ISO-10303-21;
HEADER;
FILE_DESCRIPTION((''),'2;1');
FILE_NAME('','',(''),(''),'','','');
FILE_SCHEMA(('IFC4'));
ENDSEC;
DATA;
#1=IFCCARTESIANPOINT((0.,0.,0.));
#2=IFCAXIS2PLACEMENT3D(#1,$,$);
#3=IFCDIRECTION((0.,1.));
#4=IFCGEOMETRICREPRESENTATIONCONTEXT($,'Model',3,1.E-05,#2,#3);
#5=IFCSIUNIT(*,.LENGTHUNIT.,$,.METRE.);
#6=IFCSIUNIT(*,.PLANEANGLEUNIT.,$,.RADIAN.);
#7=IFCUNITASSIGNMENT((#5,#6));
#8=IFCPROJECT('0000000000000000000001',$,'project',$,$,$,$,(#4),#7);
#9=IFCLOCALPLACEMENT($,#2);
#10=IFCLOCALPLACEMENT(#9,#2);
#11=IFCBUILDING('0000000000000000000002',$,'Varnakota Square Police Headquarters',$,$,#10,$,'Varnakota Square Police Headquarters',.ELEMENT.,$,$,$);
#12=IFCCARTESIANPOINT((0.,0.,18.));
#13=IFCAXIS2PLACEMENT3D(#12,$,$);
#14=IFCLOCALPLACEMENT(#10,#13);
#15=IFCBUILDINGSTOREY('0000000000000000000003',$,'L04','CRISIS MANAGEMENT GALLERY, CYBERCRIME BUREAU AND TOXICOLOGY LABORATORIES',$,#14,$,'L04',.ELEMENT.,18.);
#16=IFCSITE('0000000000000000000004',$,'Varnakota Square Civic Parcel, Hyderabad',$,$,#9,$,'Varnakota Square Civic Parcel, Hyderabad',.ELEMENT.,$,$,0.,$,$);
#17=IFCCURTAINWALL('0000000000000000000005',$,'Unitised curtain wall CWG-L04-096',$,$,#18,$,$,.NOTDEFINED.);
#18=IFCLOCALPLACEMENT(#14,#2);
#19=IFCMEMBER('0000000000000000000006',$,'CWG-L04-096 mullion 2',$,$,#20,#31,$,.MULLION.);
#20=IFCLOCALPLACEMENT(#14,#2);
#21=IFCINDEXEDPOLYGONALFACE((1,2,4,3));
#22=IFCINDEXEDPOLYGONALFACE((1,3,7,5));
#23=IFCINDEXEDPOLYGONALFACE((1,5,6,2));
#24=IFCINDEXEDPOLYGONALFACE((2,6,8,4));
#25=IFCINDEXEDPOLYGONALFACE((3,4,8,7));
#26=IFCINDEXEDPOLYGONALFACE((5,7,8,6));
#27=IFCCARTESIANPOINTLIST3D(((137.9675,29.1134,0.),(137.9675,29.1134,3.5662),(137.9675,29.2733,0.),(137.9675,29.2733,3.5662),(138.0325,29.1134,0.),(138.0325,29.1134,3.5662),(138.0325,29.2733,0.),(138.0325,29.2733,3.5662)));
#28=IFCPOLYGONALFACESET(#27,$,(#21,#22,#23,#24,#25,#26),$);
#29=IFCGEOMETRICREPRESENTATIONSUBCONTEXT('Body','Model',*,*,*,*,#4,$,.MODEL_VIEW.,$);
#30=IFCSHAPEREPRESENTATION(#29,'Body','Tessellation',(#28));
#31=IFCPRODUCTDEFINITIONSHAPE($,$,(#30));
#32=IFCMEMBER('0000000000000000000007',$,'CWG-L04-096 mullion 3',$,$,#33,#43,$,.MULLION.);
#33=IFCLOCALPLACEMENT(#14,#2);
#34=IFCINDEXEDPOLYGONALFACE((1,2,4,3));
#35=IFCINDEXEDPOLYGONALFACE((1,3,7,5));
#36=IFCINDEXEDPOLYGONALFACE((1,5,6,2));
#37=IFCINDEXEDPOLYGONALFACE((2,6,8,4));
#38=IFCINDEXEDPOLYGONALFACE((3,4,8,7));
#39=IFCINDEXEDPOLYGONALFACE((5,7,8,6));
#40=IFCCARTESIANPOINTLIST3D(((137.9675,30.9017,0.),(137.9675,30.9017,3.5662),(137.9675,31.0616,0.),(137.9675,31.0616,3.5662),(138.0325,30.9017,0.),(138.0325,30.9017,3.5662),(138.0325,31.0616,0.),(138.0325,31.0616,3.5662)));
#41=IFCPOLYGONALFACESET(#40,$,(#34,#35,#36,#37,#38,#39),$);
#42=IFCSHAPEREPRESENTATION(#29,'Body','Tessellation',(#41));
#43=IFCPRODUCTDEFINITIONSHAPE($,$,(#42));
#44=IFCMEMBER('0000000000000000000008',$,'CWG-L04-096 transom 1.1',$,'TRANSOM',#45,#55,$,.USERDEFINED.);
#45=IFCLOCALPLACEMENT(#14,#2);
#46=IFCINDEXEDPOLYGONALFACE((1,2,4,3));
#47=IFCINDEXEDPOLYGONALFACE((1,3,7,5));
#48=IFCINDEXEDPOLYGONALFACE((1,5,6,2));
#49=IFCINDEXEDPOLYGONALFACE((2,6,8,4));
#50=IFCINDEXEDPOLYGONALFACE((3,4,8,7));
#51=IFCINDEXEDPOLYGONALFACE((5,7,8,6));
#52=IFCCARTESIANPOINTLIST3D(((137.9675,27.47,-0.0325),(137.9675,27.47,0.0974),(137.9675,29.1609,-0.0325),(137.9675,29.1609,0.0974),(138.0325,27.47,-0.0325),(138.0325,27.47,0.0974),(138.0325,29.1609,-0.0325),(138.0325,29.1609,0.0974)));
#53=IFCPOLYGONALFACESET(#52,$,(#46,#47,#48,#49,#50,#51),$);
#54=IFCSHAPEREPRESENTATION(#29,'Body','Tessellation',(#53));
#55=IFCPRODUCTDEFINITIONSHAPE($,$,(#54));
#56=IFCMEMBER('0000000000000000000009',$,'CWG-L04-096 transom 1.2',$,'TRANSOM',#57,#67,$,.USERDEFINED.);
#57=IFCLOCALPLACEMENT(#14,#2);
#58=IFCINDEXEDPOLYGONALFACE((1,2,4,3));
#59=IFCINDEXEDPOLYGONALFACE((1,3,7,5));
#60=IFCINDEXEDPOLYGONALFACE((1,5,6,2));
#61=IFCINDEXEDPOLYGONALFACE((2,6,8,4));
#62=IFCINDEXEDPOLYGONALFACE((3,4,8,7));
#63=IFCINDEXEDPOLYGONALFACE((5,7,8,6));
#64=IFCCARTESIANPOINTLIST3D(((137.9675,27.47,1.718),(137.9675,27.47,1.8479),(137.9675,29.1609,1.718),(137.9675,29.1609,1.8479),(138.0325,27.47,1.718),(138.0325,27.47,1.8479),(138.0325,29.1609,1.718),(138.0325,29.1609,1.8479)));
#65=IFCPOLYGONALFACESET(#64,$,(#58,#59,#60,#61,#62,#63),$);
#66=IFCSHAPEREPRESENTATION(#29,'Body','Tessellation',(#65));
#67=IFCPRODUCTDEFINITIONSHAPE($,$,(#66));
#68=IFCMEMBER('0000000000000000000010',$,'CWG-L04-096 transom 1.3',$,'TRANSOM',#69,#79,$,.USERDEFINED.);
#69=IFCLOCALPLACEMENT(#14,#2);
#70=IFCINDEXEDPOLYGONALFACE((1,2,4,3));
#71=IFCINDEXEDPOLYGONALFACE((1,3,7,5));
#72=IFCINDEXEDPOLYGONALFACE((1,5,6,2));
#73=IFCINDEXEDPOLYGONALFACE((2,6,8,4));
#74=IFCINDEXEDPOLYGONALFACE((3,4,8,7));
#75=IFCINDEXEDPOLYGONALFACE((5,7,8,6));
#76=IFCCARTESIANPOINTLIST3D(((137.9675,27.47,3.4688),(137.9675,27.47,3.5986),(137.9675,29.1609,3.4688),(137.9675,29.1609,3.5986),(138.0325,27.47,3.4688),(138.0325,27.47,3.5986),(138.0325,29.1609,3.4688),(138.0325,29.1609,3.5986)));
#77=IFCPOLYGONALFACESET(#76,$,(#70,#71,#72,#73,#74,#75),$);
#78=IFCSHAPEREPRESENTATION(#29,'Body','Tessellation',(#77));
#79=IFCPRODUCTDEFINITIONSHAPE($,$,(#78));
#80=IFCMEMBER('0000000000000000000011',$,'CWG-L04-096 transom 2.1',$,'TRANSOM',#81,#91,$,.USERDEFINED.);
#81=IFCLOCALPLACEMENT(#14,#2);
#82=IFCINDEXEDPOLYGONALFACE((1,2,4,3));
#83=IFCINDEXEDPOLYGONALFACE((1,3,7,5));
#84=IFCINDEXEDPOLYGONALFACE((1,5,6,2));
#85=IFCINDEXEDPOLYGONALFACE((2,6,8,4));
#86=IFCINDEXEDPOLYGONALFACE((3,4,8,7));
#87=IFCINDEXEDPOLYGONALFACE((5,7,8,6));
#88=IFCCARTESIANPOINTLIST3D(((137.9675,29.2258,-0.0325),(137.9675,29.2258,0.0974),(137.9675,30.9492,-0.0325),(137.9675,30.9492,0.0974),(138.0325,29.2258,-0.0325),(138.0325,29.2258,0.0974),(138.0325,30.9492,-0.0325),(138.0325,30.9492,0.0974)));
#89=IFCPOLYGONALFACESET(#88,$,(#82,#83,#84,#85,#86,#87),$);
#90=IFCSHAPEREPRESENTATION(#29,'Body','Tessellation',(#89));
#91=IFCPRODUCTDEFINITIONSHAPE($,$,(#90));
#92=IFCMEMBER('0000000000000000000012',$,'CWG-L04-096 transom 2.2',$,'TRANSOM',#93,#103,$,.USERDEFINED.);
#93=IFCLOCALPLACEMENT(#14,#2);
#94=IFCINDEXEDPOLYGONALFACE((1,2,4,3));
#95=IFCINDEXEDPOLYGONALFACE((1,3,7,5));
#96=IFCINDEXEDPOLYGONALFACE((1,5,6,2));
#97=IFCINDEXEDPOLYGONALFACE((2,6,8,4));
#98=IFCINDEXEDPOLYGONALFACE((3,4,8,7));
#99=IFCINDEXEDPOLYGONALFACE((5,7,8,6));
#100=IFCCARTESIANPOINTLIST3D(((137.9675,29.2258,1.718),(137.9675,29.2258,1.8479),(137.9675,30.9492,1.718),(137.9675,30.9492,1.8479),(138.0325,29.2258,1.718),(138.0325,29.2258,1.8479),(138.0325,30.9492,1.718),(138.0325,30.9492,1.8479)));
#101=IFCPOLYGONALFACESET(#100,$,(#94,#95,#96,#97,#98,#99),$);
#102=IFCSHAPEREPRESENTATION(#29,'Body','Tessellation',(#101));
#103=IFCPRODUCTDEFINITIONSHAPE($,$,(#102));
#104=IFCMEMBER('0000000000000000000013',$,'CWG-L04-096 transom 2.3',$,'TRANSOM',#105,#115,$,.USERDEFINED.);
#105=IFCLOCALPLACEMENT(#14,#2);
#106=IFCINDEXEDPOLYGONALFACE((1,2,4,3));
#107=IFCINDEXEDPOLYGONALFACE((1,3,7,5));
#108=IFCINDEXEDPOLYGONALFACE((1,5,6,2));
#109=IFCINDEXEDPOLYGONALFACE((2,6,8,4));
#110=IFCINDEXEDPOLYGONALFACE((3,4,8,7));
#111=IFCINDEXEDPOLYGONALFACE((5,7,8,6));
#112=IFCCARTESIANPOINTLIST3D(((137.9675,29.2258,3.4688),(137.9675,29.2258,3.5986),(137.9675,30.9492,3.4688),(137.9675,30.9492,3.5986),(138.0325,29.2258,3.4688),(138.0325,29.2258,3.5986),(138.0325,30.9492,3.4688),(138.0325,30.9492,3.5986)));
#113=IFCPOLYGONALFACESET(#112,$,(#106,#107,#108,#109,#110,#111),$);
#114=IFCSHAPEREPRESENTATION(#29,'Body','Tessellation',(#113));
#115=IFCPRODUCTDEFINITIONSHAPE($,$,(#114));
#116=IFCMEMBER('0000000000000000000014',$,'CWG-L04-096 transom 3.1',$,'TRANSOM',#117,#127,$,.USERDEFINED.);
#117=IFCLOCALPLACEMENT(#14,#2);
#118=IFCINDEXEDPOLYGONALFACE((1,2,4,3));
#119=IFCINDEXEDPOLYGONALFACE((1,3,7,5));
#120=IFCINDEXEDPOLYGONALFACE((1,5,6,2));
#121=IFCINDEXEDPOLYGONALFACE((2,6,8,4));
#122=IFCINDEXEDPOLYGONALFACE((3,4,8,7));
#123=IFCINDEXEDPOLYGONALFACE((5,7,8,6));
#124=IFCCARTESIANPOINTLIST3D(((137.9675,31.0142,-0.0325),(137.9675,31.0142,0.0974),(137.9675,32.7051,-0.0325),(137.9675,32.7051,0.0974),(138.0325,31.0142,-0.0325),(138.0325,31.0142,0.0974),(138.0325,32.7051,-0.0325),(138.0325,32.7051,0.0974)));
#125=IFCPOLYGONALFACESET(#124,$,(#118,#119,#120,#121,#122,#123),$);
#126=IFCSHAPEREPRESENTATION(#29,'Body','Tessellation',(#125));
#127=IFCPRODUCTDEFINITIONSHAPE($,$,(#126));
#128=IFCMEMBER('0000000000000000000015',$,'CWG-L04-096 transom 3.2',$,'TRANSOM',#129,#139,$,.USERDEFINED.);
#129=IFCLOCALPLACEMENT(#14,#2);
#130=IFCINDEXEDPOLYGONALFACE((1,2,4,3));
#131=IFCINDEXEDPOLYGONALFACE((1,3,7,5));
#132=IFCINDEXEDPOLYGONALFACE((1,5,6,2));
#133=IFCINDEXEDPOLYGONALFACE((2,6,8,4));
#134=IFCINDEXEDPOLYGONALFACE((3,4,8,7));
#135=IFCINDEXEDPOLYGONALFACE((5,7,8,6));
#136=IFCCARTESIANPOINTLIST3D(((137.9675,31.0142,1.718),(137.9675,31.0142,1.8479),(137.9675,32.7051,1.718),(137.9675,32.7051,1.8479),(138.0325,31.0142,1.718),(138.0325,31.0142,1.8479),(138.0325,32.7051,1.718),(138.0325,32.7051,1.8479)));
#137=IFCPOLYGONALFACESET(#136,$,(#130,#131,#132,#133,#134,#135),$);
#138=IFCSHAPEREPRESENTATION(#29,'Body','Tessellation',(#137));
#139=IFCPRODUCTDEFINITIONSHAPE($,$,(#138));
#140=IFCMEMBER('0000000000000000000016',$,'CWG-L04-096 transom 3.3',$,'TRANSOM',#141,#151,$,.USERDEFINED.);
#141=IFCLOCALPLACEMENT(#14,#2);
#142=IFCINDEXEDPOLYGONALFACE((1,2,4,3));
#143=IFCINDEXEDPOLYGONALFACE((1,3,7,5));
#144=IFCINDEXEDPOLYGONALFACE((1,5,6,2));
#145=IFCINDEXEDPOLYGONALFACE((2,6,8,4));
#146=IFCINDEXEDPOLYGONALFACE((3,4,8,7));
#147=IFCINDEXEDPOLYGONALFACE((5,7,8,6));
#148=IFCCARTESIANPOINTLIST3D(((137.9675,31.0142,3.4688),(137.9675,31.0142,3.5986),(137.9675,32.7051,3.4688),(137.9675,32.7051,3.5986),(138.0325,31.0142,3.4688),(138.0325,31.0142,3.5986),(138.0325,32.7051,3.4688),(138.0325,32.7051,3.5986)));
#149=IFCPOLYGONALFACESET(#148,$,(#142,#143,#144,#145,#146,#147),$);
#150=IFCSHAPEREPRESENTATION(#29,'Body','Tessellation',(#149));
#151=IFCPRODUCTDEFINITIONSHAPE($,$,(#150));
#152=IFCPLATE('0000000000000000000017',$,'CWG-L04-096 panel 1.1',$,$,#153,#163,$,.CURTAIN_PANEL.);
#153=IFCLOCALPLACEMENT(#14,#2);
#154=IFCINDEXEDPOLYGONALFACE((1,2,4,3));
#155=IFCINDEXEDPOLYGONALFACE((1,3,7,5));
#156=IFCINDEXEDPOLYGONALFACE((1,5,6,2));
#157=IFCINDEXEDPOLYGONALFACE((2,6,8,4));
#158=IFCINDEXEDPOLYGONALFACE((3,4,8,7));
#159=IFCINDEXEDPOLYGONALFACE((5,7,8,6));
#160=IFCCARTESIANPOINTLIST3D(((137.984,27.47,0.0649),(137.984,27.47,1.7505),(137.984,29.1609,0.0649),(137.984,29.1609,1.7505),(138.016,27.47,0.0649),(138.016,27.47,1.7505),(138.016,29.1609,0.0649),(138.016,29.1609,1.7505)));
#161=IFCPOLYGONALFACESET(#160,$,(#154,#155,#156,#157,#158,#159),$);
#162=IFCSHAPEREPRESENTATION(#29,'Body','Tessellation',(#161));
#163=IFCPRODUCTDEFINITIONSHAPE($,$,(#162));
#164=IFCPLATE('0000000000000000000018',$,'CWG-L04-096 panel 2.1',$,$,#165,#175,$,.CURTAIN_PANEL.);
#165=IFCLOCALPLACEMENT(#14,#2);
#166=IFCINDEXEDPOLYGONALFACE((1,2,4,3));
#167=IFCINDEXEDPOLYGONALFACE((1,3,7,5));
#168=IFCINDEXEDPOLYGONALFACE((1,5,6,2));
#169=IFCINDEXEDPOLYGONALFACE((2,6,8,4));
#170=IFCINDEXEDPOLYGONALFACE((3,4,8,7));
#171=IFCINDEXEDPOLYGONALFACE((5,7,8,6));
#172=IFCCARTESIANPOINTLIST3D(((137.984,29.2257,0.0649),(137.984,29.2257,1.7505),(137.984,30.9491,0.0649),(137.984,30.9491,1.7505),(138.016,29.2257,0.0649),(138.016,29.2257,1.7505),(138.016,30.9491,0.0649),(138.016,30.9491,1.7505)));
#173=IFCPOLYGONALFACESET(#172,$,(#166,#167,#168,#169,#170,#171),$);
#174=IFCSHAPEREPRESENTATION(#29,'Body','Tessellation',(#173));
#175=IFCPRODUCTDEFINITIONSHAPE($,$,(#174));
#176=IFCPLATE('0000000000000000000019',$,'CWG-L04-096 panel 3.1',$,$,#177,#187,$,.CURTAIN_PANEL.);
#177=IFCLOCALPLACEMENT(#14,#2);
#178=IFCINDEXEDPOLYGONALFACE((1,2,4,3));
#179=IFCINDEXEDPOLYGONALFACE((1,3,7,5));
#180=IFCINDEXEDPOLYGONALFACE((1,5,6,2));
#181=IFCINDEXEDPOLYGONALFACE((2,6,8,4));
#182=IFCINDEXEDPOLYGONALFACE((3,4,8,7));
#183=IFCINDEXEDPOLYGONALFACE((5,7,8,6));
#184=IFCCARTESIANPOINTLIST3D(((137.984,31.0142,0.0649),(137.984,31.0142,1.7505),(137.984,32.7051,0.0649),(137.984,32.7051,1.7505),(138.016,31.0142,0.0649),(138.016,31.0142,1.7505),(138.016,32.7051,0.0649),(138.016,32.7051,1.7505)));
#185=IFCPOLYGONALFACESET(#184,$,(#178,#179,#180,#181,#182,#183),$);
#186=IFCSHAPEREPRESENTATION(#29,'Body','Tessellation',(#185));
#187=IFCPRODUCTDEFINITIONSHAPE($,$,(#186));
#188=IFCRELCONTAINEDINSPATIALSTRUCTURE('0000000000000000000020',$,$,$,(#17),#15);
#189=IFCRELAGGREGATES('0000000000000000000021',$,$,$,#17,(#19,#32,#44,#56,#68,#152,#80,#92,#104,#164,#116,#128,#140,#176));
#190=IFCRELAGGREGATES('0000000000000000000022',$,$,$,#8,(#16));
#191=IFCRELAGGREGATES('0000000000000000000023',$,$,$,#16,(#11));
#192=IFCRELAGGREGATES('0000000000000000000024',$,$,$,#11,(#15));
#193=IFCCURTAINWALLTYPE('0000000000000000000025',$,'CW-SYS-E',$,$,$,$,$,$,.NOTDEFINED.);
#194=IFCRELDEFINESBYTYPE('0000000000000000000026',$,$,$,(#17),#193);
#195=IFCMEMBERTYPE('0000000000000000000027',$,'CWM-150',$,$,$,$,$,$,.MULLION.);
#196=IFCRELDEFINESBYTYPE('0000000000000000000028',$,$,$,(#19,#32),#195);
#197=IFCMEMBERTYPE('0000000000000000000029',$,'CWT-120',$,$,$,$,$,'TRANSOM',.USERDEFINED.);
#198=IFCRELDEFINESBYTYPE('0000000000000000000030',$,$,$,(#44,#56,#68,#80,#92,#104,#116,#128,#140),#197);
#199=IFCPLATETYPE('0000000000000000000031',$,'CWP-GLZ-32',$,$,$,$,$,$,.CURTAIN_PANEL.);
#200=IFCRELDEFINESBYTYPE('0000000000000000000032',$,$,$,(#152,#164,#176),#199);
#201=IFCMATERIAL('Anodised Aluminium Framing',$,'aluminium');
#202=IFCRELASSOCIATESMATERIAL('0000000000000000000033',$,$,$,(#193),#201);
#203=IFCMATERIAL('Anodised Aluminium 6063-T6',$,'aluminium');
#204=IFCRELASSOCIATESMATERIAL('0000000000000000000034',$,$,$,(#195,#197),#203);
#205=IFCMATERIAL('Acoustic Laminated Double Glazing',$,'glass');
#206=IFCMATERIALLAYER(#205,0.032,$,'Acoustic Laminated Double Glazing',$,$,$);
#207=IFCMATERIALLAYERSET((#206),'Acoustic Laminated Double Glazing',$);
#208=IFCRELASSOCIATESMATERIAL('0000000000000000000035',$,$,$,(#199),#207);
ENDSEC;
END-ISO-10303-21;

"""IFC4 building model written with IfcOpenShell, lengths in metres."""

from ifc_helpers import new_model, si_unit, direction, frame, origin, origin_2d, place, context, subcontext, project, spatial, rectangle, extrude, material, layer, layer_set, material_profile, profile_set, type_object, element, aggregate, save


model = new_model("IFC4")

# Units and contexts
model_context = context("Model", 3, precision=1e-05, world=origin(), true_north=direction((0.0, 1.0)))
body_context = subcontext(model_context, "Body", "Model", "MODEL_VIEW")
ifc_project = project(units=[si_unit("LENGTHUNIT", "METRE"), si_unit("PLANEANGLEUNIT", "RADIAN")], contexts=[model_context])

# Site, building, storey
site_placement = place(None, origin())
site = spatial("IfcSite", under=ifc_project, at=site_placement, Name="Varnakota Square Civic Parcel, Hyderabad", LongName="Varnakota Square Civic Parcel, Hyderabad", CompositionType="ELEMENT", RefElevation=0.0)
building_placement = place(site_placement, origin())
building = spatial("IfcBuilding", under=site, at=building_placement, Name="Varnakota Square Police Headquarters", LongName="Varnakota Square Police Headquarters", CompositionType="ELEMENT")
storey_placement = place(building_placement, frame((0.0, 0.0, 18.0)))
storey = spatial("IfcBuildingStorey", under=building, at=storey_placement, Name="L04", Description="CRISIS MANAGEMENT GALLERY, CYBERCRIME BUREAU AND TOXICOLOGY LABORATORIES", LongName="L04", CompositionType="ELEMENT", Elevation=18.0)

# Curtain wall, members, plates
ifc_material_1 = material(Name="Anodised Aluminium Framing", Category="aluminium")
curtain_wall_type = type_object("IfcCurtainWallType", Name="CW-SYS-E", PredefinedType="NOTDEFINED", material=ifc_material_1)
curtain_wall_placement = place(storey_placement, origin())
curtain_wall = element("IfcCurtainWall", 1, at=curtain_wall_placement, inside=storey, type_object=curtain_wall_type, Name="Unitised curtain wall CWG-L04-096", PredefinedType="NOTDEFINED")
ifc_material_2 = material(Name="Anodised Aluminium 6063-T6", Category="aluminium")
ifc_material_profile_1 = material_profile(ifc_material_2, rectangle(XDim=0.0649, YDim=0.1599, at=origin_2d()), Name="ALU MULLION 65x160")
ifc_profile_set_1 = profile_set([ifc_material_profile_1], Name="Anodised Aluminium 6063-T6")
member_type_1 = type_object("IfcMemberType", Name="CWM-150", PredefinedType="MULLION", material=ifc_profile_set_1)
member_1_placement = place(storey_placement, frame((138.0, 29.1934, 0.0), z_axis=(0.0, 0.0, 1.0), x_axis=(-1.0, 0.0, 0.0)))
member_1 = element("IfcMember", 2, at=member_1_placement, type_object=member_type_1, Name="CWG-L04-096 mullion 2", PredefinedType="MULLION", context=body_context, shape_type="SweptSolid", body=[
    extrude(rectangle(XDim=0.0649, YDim=0.1599, at=origin_2d()), origin(), (0.0, 0.0, 1.0), 3.5662),
])
member_2_placement = place(storey_placement, frame((138.0, 30.9817, 0.0), z_axis=(0.0, 0.0, 1.0), x_axis=(-1.0, 0.0, 0.0)))
member_2 = element("IfcMember", 3, at=member_2_placement, type_object=member_type_1, Name="CWG-L04-096 mullion 3", PredefinedType="MULLION", context=body_context, shape_type="SweptSolid", body=[
    extrude(rectangle(XDim=0.0649, YDim=0.1599, at=origin_2d()), origin(), (0.0, 0.0, 1.0), 3.5662),
])
ifc_material_profile_2 = material_profile(ifc_material_2, rectangle(XDim=0.0649, YDim=0.1299, at=origin_2d()), Name="ALU TRANSOM 65x130")
ifc_profile_set_2 = profile_set([ifc_material_profile_2], Name="Anodised Aluminium 6063-T6")
member_type_2 = type_object("IfcMemberType", Name="CWT-120", ElementType="TRANSOM", PredefinedType="USERDEFINED", material=ifc_profile_set_2)
member_3_placement = place(storey_placement, frame((138.0, 27.47, 0.0325), z_axis=(0.0, 1.0, 0.0), x_axis=(-1.0, 0.0, 0.0)))
member_3 = element("IfcMember", 4, at=member_3_placement, type_object=member_type_2, Name="CWG-L04-096 transom 1.1", ObjectType="TRANSOM", PredefinedType="USERDEFINED", context=body_context, shape_type="SweptSolid", body=[
    extrude(rectangle(XDim=0.0649, YDim=0.1299, at=origin_2d()), origin(), (0.0, 0.0, 1.0), 1.6909),
])
member_4_placement = place(storey_placement, frame((138.0, 27.47, 1.783), z_axis=(0.0, 1.0, 0.0), x_axis=(-1.0, 0.0, 0.0)))
member_4 = element("IfcMember", 5, at=member_4_placement, type_object=member_type_2, Name="CWG-L04-096 transom 1.2", ObjectType="TRANSOM", PredefinedType="USERDEFINED", context=body_context, shape_type="SweptSolid", body=[
    extrude(rectangle(XDim=0.0649, YDim=0.1299, at=origin_2d()), origin(), (0.0, 0.0, 1.0), 1.6909),
])
member_5_placement = place(storey_placement, frame((138.0, 27.47, 3.5337), z_axis=(0.0, 1.0, 0.0), x_axis=(-1.0, 0.0, 0.0)))
member_5 = element("IfcMember", 6, at=member_5_placement, type_object=member_type_2, Name="CWG-L04-096 transom 1.3", ObjectType="TRANSOM", PredefinedType="USERDEFINED", context=body_context, shape_type="SweptSolid", body=[
    extrude(rectangle(XDim=0.0649, YDim=0.1299, at=origin_2d()), origin(), (0.0, 0.0, 1.0), 1.6909),
])
member_6_placement = place(storey_placement, frame((138.0, 29.2258, 0.0325), z_axis=(0.0, 1.0, 0.0), x_axis=(-1.0, 0.0, 0.0)))
member_6 = element("IfcMember", 7, at=member_6_placement, type_object=member_type_2, Name="CWG-L04-096 transom 2.1", ObjectType="TRANSOM", PredefinedType="USERDEFINED", context=body_context, shape_type="SweptSolid", body=[
    extrude(rectangle(XDim=0.0649, YDim=0.1299, at=origin_2d()), origin(), (0.0, 0.0, 1.0), 1.7234),
])
member_7_placement = place(storey_placement, frame((138.0, 29.2258, 1.783), z_axis=(0.0, 1.0, 0.0), x_axis=(-1.0, 0.0, 0.0)))
member_7 = element("IfcMember", 8, at=member_7_placement, type_object=member_type_2, Name="CWG-L04-096 transom 2.2", ObjectType="TRANSOM", PredefinedType="USERDEFINED", context=body_context, shape_type="SweptSolid", body=[
    extrude(rectangle(XDim=0.0649, YDim=0.1299, at=origin_2d()), origin(), (0.0, 0.0, 1.0), 1.7234),
])
member_8_placement = place(storey_placement, frame((138.0, 29.2258, 3.5337), z_axis=(0.0, 1.0, 0.0), x_axis=(-1.0, 0.0, 0.0)))
member_8 = element("IfcMember", 9, at=member_8_placement, type_object=member_type_2, Name="CWG-L04-096 transom 2.3", ObjectType="TRANSOM", PredefinedType="USERDEFINED", context=body_context, shape_type="SweptSolid", body=[
    extrude(rectangle(XDim=0.0649, YDim=0.1299, at=origin_2d()), origin(), (0.0, 0.0, 1.0), 1.7234),
])
member_9_placement = place(storey_placement, frame((138.0, 31.0142, 0.0325), z_axis=(0.0, 1.0, 0.0), x_axis=(-1.0, 0.0, 0.0)))
member_9 = element("IfcMember", 10, at=member_9_placement, type_object=member_type_2, Name="CWG-L04-096 transom 3.1", ObjectType="TRANSOM", PredefinedType="USERDEFINED", context=body_context, shape_type="SweptSolid", body=[
    extrude(rectangle(XDim=0.0649, YDim=0.1299, at=origin_2d()), origin(), (0.0, 0.0, 1.0), 1.6909),
])
member_10_placement = place(storey_placement, frame((138.0, 31.0142, 1.783), z_axis=(0.0, 1.0, 0.0), x_axis=(-1.0, 0.0, 0.0)))
member_10 = element("IfcMember", 11, at=member_10_placement, type_object=member_type_2, Name="CWG-L04-096 transom 3.2", ObjectType="TRANSOM", PredefinedType="USERDEFINED", context=body_context, shape_type="SweptSolid", body=[
    extrude(rectangle(XDim=0.0649, YDim=0.1299, at=origin_2d()), origin(), (0.0, 0.0, 1.0), 1.6909),
])
member_11_placement = place(storey_placement, frame((138.0, 31.0142, 3.5337), z_axis=(0.0, 1.0, 0.0), x_axis=(-1.0, 0.0, 0.0)))
member_11 = element("IfcMember", 12, at=member_11_placement, type_object=member_type_2, Name="CWG-L04-096 transom 3.3", ObjectType="TRANSOM", PredefinedType="USERDEFINED", context=body_context, shape_type="SweptSolid", body=[
    extrude(rectangle(XDim=0.0649, YDim=0.1299, at=origin_2d()), origin(), (0.0, 0.0, 1.0), 1.6909),
])
ifc_material_3 = material(Name="Acoustic Laminated Double Glazing", Category="glass")
ifc_layer_1 = layer(ifc_material_3, 0.032, Name="Acoustic Laminated Double Glazing")
ifc_layer_set_1 = layer_set([ifc_layer_1], Name="Acoustic Laminated Double Glazing")
plate_type_1 = type_object("IfcPlateType", Name="CWP-GLZ-32", PredefinedType="CURTAIN_PANEL", material=ifc_layer_set_1)
plate_1_placement = place(storey_placement, frame((138.0, 28.3154, 0.0649), z_axis=(0.0, 0.0, 1.0), x_axis=(0.0, 1.0, 0.0)))
plate_1 = element("IfcPlate", 13, at=plate_1_placement, type_object=plate_type_1, Name="CWG-L04-096 panel 1.1", PredefinedType="CURTAIN_PANEL", context=body_context, shape_type="SweptSolid", body=[
    extrude(rectangle(XDim=1.6909, YDim=0.032, at=origin_2d()), origin(), (0.0, 0.0, 1.0), 1.6855),
])
plate_2_placement = place(storey_placement, frame((138.0, 30.0874, 0.0649), z_axis=(0.0, 0.0, 1.0), x_axis=(0.0, 1.0, 0.0)))
plate_2 = element("IfcPlate", 14, at=plate_2_placement, type_object=plate_type_1, Name="CWG-L04-096 panel 2.1", PredefinedType="CURTAIN_PANEL", context=body_context, shape_type="SweptSolid", body=[
    extrude(rectangle(XDim=1.7234, YDim=0.032, at=origin_2d()), origin(), (0.0, 0.0, 1.0), 1.6855),
])
plate_3_placement = place(storey_placement, frame((138.0, 31.8596, 0.0649), z_axis=(0.0, 0.0, 1.0), x_axis=(0.0, 1.0, 0.0)))
plate_3 = element("IfcPlate", 15, at=plate_3_placement, type_object=plate_type_1, Name="CWG-L04-096 panel 3.1", PredefinedType="CURTAIN_PANEL", context=body_context, shape_type="SweptSolid", body=[
    extrude(rectangle(XDim=1.6909, YDim=0.032, at=origin_2d()), origin(), (0.0, 0.0, 1.0), 1.6855),
])
aggregate(curtain_wall, [member_1, member_2, member_3, member_4, member_5, plate_1, member_6, member_7, member_8, plate_2, member_9, member_10, member_11, plate_3])

save(model, "model.ifc")
